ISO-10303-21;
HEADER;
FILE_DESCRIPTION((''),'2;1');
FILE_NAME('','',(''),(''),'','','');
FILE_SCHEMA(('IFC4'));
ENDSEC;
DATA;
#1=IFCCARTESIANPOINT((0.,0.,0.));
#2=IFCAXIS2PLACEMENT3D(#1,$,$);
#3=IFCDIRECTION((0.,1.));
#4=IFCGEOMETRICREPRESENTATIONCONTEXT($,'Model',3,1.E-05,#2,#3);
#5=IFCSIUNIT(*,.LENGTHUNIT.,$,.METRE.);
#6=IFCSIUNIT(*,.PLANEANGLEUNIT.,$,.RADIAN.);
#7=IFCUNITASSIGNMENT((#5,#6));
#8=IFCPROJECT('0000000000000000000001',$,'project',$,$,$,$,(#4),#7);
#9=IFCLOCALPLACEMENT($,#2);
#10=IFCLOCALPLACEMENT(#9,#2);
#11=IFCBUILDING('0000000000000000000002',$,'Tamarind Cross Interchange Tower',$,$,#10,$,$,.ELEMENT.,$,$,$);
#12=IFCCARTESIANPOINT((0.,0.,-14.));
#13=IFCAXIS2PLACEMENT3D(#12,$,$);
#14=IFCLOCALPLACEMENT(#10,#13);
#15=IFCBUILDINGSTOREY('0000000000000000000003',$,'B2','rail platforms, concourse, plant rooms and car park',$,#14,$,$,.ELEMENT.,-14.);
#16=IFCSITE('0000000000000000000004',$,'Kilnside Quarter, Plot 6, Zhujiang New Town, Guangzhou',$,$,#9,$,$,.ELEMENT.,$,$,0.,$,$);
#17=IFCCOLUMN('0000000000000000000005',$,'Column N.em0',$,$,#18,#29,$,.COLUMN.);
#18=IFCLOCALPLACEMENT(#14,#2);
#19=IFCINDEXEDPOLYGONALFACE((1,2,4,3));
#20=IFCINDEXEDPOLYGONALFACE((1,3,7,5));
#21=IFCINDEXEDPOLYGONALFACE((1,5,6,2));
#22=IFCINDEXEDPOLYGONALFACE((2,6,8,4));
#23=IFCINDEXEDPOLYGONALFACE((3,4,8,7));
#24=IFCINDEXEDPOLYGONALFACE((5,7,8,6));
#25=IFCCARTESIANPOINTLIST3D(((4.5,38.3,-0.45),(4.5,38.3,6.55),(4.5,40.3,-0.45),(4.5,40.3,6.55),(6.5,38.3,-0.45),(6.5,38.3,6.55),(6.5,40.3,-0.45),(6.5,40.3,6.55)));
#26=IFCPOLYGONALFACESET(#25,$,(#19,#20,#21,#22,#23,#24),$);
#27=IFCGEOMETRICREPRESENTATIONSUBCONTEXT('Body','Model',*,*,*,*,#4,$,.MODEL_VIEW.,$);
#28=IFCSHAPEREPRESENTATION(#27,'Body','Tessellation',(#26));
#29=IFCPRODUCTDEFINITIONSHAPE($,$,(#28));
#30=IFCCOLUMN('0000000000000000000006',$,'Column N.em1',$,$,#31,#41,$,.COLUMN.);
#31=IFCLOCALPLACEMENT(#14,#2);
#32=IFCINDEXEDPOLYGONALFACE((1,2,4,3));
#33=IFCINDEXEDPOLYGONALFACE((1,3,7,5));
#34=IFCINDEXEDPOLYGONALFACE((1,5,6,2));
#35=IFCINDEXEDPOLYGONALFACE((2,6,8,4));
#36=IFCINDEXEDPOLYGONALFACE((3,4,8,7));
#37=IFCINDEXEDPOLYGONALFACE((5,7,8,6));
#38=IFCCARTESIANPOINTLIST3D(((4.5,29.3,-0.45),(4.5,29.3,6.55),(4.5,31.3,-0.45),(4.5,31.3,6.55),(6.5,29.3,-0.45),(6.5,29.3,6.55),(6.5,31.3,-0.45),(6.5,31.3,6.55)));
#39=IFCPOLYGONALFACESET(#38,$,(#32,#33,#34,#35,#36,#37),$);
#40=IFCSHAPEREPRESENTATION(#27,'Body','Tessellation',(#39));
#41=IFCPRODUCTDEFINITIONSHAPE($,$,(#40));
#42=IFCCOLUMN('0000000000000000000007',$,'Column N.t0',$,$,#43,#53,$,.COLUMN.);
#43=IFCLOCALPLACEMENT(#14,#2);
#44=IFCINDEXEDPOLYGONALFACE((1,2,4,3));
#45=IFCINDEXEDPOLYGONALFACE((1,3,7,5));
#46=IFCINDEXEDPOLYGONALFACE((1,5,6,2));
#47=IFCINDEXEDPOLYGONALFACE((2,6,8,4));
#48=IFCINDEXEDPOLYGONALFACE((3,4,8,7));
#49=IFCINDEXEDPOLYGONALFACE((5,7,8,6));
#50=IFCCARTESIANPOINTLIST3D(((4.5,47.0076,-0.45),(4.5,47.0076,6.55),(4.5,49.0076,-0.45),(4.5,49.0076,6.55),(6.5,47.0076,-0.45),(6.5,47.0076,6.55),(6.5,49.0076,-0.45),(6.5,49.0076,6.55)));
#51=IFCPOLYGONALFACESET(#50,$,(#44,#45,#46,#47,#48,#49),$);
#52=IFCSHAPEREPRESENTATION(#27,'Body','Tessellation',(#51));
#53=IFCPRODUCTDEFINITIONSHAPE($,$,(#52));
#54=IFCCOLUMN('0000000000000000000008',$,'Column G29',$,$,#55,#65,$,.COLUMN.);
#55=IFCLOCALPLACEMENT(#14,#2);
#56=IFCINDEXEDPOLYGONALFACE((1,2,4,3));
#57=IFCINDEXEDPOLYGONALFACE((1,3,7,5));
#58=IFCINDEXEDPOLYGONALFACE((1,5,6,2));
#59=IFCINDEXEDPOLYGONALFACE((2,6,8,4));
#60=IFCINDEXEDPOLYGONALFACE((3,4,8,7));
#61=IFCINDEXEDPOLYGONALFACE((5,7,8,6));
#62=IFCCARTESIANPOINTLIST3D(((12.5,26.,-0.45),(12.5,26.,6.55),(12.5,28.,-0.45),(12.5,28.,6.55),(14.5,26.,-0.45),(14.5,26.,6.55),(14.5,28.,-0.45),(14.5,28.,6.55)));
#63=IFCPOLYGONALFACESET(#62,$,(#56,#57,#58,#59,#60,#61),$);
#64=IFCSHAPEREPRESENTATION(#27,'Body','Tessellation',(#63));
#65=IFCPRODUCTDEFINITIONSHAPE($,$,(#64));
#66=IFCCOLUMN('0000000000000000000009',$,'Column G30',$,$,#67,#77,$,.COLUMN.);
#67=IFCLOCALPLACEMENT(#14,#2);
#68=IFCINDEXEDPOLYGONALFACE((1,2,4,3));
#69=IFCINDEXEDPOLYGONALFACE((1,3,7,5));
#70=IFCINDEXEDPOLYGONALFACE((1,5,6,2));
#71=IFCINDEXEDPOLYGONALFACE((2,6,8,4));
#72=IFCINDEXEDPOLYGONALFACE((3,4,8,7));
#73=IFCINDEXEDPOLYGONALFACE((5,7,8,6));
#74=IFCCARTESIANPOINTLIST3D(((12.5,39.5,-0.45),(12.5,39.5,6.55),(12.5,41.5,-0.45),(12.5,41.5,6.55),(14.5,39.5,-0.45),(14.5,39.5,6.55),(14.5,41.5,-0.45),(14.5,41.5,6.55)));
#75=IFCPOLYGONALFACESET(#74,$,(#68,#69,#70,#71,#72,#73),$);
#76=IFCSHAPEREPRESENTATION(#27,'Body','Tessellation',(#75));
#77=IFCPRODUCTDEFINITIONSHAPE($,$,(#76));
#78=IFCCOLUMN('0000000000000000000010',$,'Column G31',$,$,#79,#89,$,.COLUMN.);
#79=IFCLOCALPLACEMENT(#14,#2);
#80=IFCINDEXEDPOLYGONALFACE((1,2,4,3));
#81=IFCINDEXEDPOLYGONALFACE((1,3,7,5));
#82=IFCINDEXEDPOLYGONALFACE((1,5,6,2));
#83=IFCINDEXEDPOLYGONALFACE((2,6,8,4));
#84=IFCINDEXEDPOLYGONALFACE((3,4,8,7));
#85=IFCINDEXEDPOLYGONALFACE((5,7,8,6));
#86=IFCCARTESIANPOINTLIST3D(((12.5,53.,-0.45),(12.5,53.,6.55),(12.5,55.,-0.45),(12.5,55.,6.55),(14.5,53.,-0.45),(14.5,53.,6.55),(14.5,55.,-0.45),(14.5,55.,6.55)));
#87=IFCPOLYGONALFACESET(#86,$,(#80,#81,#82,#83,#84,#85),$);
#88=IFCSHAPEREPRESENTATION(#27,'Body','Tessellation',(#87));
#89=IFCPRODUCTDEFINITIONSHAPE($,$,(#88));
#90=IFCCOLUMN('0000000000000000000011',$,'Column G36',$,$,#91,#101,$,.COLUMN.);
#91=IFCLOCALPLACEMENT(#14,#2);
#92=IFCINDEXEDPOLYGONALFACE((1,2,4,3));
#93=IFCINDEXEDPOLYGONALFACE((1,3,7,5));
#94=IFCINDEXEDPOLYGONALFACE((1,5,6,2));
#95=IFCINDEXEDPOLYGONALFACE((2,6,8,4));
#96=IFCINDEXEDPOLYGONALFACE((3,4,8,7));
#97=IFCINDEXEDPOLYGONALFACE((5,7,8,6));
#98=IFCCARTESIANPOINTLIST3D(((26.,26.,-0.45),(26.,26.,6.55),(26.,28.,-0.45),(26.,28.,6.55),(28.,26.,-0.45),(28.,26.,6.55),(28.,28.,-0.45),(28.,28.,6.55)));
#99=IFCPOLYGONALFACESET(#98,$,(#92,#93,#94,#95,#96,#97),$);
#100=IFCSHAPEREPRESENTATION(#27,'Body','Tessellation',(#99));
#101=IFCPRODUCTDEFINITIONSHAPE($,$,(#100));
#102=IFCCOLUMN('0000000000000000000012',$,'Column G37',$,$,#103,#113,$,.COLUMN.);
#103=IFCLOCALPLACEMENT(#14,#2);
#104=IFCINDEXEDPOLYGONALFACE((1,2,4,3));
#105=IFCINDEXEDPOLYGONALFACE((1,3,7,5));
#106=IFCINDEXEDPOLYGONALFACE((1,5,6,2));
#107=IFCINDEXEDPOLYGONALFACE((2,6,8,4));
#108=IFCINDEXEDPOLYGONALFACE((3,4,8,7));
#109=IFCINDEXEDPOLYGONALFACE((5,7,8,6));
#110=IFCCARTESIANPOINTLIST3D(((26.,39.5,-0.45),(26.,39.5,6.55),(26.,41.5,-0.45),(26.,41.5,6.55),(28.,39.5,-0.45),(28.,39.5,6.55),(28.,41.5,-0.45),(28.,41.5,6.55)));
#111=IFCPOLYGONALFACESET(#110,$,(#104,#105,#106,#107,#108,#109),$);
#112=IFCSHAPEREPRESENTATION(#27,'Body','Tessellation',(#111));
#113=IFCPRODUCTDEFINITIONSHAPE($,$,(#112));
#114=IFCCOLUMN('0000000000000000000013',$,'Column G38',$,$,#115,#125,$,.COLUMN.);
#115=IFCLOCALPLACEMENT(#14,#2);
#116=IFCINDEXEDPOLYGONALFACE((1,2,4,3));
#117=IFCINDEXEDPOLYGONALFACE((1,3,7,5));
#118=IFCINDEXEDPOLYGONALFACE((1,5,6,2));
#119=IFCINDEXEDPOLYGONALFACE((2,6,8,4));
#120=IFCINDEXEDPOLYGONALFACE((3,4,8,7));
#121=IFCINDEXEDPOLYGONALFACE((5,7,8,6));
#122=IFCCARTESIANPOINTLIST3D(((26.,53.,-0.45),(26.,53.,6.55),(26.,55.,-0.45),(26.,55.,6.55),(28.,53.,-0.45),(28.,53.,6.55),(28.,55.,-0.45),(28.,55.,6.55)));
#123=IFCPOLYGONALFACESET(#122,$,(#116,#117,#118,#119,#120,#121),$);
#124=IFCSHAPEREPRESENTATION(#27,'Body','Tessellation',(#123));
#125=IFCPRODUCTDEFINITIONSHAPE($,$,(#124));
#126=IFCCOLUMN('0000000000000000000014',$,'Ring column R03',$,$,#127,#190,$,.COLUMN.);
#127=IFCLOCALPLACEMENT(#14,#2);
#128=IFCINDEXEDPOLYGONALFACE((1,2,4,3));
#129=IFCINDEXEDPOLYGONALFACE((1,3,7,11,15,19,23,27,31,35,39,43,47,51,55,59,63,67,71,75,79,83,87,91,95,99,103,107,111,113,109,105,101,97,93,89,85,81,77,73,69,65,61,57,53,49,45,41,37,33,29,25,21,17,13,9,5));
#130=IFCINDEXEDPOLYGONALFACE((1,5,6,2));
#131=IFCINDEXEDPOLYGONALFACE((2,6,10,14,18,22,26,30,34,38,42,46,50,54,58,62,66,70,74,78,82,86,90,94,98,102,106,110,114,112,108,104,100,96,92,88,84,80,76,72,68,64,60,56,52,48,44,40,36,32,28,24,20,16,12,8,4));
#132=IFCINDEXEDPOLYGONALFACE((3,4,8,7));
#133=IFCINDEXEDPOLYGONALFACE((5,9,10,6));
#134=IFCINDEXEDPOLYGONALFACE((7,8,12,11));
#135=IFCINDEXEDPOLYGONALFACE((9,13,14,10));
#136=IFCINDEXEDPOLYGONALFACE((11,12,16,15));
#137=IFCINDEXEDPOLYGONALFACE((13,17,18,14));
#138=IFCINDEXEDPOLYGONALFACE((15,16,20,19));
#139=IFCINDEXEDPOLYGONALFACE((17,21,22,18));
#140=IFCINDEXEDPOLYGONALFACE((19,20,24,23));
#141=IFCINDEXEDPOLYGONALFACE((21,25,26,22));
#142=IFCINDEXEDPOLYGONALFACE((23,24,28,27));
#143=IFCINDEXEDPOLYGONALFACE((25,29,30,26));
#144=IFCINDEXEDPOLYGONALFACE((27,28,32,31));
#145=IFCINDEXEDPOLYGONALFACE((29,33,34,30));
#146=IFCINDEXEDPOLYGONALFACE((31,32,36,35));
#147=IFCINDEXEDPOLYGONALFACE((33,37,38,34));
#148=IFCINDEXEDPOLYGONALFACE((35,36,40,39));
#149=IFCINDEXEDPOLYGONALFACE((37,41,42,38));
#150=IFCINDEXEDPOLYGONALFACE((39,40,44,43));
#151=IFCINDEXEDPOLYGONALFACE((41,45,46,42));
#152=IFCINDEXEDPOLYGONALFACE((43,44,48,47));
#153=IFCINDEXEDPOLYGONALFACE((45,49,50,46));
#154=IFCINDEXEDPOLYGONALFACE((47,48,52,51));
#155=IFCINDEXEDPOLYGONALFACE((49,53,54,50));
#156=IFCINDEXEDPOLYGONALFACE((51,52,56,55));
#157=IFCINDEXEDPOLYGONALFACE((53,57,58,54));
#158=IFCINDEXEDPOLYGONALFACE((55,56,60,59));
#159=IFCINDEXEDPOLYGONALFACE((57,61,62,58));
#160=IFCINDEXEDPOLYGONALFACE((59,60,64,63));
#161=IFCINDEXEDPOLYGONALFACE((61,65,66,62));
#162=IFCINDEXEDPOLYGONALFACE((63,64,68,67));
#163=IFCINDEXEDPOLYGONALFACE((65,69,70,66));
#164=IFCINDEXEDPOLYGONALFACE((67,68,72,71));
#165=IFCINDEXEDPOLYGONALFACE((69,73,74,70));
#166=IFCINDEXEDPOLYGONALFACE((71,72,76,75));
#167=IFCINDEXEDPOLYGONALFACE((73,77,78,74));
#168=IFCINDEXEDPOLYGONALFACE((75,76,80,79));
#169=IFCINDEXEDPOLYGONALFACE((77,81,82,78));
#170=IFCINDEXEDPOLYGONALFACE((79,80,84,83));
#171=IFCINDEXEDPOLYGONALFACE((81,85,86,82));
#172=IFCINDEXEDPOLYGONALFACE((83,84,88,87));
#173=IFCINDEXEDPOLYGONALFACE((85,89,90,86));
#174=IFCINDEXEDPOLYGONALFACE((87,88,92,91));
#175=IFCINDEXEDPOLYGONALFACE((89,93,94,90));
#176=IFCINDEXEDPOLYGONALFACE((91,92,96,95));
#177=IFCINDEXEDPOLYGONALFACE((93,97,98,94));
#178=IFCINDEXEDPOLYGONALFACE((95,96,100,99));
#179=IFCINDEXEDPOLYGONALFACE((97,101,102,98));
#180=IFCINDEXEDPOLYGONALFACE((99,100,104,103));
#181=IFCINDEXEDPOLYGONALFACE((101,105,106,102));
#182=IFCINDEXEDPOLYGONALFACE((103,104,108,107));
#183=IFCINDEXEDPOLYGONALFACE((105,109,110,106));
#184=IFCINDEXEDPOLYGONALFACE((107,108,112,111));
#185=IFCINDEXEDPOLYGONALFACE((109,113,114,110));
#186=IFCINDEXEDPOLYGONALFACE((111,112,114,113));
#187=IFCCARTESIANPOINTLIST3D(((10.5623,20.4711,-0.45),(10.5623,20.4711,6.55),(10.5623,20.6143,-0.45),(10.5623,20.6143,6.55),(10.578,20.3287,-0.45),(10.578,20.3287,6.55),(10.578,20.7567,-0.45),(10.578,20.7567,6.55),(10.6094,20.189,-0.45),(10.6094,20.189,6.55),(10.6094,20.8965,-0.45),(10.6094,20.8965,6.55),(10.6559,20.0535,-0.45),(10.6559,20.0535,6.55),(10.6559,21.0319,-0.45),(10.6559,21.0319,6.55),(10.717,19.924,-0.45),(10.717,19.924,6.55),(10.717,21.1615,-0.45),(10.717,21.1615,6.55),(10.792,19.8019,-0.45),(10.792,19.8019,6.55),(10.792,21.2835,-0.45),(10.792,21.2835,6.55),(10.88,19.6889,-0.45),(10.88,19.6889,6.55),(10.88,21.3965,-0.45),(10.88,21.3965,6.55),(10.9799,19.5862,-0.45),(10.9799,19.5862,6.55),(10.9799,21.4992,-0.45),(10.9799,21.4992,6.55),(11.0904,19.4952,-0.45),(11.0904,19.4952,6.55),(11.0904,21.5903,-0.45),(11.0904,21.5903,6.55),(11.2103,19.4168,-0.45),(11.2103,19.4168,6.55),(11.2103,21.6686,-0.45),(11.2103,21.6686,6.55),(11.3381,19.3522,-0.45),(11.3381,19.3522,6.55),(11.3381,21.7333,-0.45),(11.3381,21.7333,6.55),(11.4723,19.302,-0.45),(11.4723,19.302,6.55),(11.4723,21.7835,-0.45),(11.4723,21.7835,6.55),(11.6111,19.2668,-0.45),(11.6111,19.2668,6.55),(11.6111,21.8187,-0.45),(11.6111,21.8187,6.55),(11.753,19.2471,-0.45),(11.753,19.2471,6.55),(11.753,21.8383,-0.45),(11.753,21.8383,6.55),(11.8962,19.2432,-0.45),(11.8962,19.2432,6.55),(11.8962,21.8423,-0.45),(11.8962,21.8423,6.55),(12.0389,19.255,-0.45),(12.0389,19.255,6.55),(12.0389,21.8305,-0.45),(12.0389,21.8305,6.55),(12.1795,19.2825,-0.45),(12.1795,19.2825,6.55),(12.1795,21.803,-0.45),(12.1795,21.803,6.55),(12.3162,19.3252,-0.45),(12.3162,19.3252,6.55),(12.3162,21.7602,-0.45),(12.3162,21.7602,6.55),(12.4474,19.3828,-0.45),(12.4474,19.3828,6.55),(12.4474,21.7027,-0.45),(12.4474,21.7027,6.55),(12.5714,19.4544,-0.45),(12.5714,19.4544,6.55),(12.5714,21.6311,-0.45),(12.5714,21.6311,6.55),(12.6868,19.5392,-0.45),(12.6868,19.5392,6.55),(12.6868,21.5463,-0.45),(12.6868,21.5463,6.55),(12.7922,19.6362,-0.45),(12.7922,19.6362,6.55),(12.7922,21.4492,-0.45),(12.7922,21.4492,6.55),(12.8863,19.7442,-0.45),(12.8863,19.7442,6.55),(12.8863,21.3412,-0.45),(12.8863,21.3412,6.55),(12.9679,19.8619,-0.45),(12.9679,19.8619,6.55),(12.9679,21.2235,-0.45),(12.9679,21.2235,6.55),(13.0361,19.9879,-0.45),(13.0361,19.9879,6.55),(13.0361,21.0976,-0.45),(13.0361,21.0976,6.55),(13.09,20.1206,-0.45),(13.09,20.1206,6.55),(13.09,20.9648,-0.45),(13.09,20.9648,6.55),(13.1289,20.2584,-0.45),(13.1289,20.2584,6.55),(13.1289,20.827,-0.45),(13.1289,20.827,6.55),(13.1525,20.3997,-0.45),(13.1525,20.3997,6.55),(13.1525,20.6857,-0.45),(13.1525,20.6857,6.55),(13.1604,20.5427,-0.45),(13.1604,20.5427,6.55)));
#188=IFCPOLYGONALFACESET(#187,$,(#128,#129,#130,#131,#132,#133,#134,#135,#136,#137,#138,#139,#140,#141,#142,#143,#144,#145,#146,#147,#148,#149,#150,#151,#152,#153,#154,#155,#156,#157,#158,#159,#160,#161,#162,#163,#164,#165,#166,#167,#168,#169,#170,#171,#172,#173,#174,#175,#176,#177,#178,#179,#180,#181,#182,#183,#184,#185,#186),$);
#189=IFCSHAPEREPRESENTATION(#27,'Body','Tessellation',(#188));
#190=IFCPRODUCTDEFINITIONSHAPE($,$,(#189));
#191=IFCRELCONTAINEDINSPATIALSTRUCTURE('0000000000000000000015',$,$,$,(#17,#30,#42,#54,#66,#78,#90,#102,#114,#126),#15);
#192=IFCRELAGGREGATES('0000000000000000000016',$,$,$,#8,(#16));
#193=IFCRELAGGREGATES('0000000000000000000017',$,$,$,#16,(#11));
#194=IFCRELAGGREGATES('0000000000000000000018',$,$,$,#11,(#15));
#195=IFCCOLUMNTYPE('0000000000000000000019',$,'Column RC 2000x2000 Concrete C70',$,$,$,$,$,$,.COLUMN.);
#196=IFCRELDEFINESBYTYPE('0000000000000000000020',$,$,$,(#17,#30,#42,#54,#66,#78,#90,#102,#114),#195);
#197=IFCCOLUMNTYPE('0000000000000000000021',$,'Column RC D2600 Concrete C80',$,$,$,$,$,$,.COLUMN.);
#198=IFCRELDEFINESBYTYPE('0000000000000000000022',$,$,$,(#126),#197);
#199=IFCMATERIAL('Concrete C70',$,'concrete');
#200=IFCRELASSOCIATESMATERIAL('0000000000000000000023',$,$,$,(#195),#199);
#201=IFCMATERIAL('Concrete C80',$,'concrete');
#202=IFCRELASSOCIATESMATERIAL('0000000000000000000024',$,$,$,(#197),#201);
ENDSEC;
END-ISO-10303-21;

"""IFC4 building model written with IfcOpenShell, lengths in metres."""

from ifc_helpers import new_model, si_unit, direction, frame, origin, origin_2d, place, context, subcontext, project, spatial, rectangle, circle, extrude, material, material_profile, profile_set, type_object, element, save


model = new_model("IFC4")

# Units and contexts
model_context = context("Model", 3, precision=1e-05, world=origin(), true_north=direction((0.0, 1.0)))
body_context = subcontext(model_context, "Body", "Model", "MODEL_VIEW")
ifc_project = project(units=[si_unit("LENGTHUNIT", "METRE"), si_unit("PLANEANGLEUNIT", "RADIAN")], contexts=[model_context])

# Site, building, storey
site_placement = place(None, origin())
site = spatial("IfcSite", under=ifc_project, at=site_placement, Name="Kilnside Quarter, Plot 6, Zhujiang New Town, Guangzhou", CompositionType="ELEMENT", RefElevation=0.0)
building_placement = place(site_placement, origin())
building = spatial("IfcBuilding", under=site, at=building_placement, Name="Tamarind Cross Interchange Tower", CompositionType="ELEMENT")
storey_placement = place(building_placement, frame((0.0, 0.0, -14.0)))
storey = spatial("IfcBuildingStorey", under=building, at=storey_placement, Name="B2", Description="rail platforms, concourse, plant rooms and car park", CompositionType="ELEMENT", Elevation=-14.0)

# Columns
ifc_material_1 = material(Name="Concrete C70", Category="concrete")
ifc_material_profile_1 = material_profile(ifc_material_1, rectangle(XDim=2.0, YDim=2.0, at=origin_2d()), Name="RC 2000x2000")
ifc_profile_set_1 = profile_set([ifc_material_profile_1], Name="Concrete C70")
column_type_1 = type_object("IfcColumnType", Name="Column RC 2000x2000 Concrete C70", PredefinedType="COLUMN", material=ifc_profile_set_1)
for number, where, z_axis, x_axis, name in (
    (1, (5.5, 39.3, -0.45), (0.0, 0.0, 1.0), (1.0, 0.0, 0.0), "Column N.em0"),
    (2, (5.5, 30.3, -0.45), (0.0, 0.0, 1.0), (1.0, 0.0, 0.0), "Column N.em1"),
    (3, (5.5, 48.0076, -0.45), (0.0, 0.0, 1.0), (1.0, 0.0, 0.0), "Column N.t0"),
    (4, (13.5, 27.0, -0.45), (0.0, 0.0, 1.0), (1.0, 0.0, 0.0), "Column G29"),
    (5, (13.5, 40.5, -0.45), (0.0, 0.0, 1.0), (1.0, 0.0, 0.0), "Column G30"),
    (6, (13.5, 54.0, -0.45), (0.0, 0.0, 1.0), (1.0, 0.0, 0.0), "Column G31"),
    (7, (27.0, 27.0, -0.45), (0.0, 0.0, 1.0), (1.0, 0.0, 0.0), "Column G36"),
    (8, (27.0, 40.5, -0.45), (0.0, 0.0, 1.0), (1.0, 0.0, 0.0), "Column G37"),
    (9, (27.0, 54.0, -0.45), (0.0, 0.0, 1.0), (1.0, 0.0, 0.0), "Column G38"),
):
    element("IfcColumn", number, at=place(storey_placement, frame(where, z_axis=z_axis, x_axis=x_axis)), inside=storey, type_object=column_type_1, Name=name, PredefinedType="COLUMN", context=body_context, shape_type="SweptSolid", body=[
        extrude(rectangle(XDim=2.0, YDim=2.0, at=origin_2d()), origin(), (0.0, 0.0, 1.0), 7.0),
    ])
ifc_material_2 = material(Name="Concrete C80", Category="concrete")
ifc_material_profile_2 = material_profile(ifc_material_2, circle(Radius=1.3, at=origin_2d()), Name="RC D2600")
ifc_profile_set_2 = profile_set([ifc_material_profile_2], Name="Concrete C80")
column_type_2 = type_object("IfcColumnType", Name="Column RC D2600 Concrete C80", PredefinedType="COLUMN", material=ifc_profile_set_2)
column_placement = place(storey_placement, frame((11.8604, 20.5427, -0.45), z_axis=(0.0, 0.0, 1.0), x_axis=(1.0, 0.0, 0.0)))
element("IfcColumn", 10, at=column_placement, inside=storey, type_object=column_type_2, Name="Ring column R03", PredefinedType="COLUMN", context=body_context, shape_type="SweptSolid", body=[
    extrude(circle(Radius=1.3, at=origin_2d()), origin(), (0.0, 0.0, 1.0), 7.0),
])

save(model, "model.ifc")
